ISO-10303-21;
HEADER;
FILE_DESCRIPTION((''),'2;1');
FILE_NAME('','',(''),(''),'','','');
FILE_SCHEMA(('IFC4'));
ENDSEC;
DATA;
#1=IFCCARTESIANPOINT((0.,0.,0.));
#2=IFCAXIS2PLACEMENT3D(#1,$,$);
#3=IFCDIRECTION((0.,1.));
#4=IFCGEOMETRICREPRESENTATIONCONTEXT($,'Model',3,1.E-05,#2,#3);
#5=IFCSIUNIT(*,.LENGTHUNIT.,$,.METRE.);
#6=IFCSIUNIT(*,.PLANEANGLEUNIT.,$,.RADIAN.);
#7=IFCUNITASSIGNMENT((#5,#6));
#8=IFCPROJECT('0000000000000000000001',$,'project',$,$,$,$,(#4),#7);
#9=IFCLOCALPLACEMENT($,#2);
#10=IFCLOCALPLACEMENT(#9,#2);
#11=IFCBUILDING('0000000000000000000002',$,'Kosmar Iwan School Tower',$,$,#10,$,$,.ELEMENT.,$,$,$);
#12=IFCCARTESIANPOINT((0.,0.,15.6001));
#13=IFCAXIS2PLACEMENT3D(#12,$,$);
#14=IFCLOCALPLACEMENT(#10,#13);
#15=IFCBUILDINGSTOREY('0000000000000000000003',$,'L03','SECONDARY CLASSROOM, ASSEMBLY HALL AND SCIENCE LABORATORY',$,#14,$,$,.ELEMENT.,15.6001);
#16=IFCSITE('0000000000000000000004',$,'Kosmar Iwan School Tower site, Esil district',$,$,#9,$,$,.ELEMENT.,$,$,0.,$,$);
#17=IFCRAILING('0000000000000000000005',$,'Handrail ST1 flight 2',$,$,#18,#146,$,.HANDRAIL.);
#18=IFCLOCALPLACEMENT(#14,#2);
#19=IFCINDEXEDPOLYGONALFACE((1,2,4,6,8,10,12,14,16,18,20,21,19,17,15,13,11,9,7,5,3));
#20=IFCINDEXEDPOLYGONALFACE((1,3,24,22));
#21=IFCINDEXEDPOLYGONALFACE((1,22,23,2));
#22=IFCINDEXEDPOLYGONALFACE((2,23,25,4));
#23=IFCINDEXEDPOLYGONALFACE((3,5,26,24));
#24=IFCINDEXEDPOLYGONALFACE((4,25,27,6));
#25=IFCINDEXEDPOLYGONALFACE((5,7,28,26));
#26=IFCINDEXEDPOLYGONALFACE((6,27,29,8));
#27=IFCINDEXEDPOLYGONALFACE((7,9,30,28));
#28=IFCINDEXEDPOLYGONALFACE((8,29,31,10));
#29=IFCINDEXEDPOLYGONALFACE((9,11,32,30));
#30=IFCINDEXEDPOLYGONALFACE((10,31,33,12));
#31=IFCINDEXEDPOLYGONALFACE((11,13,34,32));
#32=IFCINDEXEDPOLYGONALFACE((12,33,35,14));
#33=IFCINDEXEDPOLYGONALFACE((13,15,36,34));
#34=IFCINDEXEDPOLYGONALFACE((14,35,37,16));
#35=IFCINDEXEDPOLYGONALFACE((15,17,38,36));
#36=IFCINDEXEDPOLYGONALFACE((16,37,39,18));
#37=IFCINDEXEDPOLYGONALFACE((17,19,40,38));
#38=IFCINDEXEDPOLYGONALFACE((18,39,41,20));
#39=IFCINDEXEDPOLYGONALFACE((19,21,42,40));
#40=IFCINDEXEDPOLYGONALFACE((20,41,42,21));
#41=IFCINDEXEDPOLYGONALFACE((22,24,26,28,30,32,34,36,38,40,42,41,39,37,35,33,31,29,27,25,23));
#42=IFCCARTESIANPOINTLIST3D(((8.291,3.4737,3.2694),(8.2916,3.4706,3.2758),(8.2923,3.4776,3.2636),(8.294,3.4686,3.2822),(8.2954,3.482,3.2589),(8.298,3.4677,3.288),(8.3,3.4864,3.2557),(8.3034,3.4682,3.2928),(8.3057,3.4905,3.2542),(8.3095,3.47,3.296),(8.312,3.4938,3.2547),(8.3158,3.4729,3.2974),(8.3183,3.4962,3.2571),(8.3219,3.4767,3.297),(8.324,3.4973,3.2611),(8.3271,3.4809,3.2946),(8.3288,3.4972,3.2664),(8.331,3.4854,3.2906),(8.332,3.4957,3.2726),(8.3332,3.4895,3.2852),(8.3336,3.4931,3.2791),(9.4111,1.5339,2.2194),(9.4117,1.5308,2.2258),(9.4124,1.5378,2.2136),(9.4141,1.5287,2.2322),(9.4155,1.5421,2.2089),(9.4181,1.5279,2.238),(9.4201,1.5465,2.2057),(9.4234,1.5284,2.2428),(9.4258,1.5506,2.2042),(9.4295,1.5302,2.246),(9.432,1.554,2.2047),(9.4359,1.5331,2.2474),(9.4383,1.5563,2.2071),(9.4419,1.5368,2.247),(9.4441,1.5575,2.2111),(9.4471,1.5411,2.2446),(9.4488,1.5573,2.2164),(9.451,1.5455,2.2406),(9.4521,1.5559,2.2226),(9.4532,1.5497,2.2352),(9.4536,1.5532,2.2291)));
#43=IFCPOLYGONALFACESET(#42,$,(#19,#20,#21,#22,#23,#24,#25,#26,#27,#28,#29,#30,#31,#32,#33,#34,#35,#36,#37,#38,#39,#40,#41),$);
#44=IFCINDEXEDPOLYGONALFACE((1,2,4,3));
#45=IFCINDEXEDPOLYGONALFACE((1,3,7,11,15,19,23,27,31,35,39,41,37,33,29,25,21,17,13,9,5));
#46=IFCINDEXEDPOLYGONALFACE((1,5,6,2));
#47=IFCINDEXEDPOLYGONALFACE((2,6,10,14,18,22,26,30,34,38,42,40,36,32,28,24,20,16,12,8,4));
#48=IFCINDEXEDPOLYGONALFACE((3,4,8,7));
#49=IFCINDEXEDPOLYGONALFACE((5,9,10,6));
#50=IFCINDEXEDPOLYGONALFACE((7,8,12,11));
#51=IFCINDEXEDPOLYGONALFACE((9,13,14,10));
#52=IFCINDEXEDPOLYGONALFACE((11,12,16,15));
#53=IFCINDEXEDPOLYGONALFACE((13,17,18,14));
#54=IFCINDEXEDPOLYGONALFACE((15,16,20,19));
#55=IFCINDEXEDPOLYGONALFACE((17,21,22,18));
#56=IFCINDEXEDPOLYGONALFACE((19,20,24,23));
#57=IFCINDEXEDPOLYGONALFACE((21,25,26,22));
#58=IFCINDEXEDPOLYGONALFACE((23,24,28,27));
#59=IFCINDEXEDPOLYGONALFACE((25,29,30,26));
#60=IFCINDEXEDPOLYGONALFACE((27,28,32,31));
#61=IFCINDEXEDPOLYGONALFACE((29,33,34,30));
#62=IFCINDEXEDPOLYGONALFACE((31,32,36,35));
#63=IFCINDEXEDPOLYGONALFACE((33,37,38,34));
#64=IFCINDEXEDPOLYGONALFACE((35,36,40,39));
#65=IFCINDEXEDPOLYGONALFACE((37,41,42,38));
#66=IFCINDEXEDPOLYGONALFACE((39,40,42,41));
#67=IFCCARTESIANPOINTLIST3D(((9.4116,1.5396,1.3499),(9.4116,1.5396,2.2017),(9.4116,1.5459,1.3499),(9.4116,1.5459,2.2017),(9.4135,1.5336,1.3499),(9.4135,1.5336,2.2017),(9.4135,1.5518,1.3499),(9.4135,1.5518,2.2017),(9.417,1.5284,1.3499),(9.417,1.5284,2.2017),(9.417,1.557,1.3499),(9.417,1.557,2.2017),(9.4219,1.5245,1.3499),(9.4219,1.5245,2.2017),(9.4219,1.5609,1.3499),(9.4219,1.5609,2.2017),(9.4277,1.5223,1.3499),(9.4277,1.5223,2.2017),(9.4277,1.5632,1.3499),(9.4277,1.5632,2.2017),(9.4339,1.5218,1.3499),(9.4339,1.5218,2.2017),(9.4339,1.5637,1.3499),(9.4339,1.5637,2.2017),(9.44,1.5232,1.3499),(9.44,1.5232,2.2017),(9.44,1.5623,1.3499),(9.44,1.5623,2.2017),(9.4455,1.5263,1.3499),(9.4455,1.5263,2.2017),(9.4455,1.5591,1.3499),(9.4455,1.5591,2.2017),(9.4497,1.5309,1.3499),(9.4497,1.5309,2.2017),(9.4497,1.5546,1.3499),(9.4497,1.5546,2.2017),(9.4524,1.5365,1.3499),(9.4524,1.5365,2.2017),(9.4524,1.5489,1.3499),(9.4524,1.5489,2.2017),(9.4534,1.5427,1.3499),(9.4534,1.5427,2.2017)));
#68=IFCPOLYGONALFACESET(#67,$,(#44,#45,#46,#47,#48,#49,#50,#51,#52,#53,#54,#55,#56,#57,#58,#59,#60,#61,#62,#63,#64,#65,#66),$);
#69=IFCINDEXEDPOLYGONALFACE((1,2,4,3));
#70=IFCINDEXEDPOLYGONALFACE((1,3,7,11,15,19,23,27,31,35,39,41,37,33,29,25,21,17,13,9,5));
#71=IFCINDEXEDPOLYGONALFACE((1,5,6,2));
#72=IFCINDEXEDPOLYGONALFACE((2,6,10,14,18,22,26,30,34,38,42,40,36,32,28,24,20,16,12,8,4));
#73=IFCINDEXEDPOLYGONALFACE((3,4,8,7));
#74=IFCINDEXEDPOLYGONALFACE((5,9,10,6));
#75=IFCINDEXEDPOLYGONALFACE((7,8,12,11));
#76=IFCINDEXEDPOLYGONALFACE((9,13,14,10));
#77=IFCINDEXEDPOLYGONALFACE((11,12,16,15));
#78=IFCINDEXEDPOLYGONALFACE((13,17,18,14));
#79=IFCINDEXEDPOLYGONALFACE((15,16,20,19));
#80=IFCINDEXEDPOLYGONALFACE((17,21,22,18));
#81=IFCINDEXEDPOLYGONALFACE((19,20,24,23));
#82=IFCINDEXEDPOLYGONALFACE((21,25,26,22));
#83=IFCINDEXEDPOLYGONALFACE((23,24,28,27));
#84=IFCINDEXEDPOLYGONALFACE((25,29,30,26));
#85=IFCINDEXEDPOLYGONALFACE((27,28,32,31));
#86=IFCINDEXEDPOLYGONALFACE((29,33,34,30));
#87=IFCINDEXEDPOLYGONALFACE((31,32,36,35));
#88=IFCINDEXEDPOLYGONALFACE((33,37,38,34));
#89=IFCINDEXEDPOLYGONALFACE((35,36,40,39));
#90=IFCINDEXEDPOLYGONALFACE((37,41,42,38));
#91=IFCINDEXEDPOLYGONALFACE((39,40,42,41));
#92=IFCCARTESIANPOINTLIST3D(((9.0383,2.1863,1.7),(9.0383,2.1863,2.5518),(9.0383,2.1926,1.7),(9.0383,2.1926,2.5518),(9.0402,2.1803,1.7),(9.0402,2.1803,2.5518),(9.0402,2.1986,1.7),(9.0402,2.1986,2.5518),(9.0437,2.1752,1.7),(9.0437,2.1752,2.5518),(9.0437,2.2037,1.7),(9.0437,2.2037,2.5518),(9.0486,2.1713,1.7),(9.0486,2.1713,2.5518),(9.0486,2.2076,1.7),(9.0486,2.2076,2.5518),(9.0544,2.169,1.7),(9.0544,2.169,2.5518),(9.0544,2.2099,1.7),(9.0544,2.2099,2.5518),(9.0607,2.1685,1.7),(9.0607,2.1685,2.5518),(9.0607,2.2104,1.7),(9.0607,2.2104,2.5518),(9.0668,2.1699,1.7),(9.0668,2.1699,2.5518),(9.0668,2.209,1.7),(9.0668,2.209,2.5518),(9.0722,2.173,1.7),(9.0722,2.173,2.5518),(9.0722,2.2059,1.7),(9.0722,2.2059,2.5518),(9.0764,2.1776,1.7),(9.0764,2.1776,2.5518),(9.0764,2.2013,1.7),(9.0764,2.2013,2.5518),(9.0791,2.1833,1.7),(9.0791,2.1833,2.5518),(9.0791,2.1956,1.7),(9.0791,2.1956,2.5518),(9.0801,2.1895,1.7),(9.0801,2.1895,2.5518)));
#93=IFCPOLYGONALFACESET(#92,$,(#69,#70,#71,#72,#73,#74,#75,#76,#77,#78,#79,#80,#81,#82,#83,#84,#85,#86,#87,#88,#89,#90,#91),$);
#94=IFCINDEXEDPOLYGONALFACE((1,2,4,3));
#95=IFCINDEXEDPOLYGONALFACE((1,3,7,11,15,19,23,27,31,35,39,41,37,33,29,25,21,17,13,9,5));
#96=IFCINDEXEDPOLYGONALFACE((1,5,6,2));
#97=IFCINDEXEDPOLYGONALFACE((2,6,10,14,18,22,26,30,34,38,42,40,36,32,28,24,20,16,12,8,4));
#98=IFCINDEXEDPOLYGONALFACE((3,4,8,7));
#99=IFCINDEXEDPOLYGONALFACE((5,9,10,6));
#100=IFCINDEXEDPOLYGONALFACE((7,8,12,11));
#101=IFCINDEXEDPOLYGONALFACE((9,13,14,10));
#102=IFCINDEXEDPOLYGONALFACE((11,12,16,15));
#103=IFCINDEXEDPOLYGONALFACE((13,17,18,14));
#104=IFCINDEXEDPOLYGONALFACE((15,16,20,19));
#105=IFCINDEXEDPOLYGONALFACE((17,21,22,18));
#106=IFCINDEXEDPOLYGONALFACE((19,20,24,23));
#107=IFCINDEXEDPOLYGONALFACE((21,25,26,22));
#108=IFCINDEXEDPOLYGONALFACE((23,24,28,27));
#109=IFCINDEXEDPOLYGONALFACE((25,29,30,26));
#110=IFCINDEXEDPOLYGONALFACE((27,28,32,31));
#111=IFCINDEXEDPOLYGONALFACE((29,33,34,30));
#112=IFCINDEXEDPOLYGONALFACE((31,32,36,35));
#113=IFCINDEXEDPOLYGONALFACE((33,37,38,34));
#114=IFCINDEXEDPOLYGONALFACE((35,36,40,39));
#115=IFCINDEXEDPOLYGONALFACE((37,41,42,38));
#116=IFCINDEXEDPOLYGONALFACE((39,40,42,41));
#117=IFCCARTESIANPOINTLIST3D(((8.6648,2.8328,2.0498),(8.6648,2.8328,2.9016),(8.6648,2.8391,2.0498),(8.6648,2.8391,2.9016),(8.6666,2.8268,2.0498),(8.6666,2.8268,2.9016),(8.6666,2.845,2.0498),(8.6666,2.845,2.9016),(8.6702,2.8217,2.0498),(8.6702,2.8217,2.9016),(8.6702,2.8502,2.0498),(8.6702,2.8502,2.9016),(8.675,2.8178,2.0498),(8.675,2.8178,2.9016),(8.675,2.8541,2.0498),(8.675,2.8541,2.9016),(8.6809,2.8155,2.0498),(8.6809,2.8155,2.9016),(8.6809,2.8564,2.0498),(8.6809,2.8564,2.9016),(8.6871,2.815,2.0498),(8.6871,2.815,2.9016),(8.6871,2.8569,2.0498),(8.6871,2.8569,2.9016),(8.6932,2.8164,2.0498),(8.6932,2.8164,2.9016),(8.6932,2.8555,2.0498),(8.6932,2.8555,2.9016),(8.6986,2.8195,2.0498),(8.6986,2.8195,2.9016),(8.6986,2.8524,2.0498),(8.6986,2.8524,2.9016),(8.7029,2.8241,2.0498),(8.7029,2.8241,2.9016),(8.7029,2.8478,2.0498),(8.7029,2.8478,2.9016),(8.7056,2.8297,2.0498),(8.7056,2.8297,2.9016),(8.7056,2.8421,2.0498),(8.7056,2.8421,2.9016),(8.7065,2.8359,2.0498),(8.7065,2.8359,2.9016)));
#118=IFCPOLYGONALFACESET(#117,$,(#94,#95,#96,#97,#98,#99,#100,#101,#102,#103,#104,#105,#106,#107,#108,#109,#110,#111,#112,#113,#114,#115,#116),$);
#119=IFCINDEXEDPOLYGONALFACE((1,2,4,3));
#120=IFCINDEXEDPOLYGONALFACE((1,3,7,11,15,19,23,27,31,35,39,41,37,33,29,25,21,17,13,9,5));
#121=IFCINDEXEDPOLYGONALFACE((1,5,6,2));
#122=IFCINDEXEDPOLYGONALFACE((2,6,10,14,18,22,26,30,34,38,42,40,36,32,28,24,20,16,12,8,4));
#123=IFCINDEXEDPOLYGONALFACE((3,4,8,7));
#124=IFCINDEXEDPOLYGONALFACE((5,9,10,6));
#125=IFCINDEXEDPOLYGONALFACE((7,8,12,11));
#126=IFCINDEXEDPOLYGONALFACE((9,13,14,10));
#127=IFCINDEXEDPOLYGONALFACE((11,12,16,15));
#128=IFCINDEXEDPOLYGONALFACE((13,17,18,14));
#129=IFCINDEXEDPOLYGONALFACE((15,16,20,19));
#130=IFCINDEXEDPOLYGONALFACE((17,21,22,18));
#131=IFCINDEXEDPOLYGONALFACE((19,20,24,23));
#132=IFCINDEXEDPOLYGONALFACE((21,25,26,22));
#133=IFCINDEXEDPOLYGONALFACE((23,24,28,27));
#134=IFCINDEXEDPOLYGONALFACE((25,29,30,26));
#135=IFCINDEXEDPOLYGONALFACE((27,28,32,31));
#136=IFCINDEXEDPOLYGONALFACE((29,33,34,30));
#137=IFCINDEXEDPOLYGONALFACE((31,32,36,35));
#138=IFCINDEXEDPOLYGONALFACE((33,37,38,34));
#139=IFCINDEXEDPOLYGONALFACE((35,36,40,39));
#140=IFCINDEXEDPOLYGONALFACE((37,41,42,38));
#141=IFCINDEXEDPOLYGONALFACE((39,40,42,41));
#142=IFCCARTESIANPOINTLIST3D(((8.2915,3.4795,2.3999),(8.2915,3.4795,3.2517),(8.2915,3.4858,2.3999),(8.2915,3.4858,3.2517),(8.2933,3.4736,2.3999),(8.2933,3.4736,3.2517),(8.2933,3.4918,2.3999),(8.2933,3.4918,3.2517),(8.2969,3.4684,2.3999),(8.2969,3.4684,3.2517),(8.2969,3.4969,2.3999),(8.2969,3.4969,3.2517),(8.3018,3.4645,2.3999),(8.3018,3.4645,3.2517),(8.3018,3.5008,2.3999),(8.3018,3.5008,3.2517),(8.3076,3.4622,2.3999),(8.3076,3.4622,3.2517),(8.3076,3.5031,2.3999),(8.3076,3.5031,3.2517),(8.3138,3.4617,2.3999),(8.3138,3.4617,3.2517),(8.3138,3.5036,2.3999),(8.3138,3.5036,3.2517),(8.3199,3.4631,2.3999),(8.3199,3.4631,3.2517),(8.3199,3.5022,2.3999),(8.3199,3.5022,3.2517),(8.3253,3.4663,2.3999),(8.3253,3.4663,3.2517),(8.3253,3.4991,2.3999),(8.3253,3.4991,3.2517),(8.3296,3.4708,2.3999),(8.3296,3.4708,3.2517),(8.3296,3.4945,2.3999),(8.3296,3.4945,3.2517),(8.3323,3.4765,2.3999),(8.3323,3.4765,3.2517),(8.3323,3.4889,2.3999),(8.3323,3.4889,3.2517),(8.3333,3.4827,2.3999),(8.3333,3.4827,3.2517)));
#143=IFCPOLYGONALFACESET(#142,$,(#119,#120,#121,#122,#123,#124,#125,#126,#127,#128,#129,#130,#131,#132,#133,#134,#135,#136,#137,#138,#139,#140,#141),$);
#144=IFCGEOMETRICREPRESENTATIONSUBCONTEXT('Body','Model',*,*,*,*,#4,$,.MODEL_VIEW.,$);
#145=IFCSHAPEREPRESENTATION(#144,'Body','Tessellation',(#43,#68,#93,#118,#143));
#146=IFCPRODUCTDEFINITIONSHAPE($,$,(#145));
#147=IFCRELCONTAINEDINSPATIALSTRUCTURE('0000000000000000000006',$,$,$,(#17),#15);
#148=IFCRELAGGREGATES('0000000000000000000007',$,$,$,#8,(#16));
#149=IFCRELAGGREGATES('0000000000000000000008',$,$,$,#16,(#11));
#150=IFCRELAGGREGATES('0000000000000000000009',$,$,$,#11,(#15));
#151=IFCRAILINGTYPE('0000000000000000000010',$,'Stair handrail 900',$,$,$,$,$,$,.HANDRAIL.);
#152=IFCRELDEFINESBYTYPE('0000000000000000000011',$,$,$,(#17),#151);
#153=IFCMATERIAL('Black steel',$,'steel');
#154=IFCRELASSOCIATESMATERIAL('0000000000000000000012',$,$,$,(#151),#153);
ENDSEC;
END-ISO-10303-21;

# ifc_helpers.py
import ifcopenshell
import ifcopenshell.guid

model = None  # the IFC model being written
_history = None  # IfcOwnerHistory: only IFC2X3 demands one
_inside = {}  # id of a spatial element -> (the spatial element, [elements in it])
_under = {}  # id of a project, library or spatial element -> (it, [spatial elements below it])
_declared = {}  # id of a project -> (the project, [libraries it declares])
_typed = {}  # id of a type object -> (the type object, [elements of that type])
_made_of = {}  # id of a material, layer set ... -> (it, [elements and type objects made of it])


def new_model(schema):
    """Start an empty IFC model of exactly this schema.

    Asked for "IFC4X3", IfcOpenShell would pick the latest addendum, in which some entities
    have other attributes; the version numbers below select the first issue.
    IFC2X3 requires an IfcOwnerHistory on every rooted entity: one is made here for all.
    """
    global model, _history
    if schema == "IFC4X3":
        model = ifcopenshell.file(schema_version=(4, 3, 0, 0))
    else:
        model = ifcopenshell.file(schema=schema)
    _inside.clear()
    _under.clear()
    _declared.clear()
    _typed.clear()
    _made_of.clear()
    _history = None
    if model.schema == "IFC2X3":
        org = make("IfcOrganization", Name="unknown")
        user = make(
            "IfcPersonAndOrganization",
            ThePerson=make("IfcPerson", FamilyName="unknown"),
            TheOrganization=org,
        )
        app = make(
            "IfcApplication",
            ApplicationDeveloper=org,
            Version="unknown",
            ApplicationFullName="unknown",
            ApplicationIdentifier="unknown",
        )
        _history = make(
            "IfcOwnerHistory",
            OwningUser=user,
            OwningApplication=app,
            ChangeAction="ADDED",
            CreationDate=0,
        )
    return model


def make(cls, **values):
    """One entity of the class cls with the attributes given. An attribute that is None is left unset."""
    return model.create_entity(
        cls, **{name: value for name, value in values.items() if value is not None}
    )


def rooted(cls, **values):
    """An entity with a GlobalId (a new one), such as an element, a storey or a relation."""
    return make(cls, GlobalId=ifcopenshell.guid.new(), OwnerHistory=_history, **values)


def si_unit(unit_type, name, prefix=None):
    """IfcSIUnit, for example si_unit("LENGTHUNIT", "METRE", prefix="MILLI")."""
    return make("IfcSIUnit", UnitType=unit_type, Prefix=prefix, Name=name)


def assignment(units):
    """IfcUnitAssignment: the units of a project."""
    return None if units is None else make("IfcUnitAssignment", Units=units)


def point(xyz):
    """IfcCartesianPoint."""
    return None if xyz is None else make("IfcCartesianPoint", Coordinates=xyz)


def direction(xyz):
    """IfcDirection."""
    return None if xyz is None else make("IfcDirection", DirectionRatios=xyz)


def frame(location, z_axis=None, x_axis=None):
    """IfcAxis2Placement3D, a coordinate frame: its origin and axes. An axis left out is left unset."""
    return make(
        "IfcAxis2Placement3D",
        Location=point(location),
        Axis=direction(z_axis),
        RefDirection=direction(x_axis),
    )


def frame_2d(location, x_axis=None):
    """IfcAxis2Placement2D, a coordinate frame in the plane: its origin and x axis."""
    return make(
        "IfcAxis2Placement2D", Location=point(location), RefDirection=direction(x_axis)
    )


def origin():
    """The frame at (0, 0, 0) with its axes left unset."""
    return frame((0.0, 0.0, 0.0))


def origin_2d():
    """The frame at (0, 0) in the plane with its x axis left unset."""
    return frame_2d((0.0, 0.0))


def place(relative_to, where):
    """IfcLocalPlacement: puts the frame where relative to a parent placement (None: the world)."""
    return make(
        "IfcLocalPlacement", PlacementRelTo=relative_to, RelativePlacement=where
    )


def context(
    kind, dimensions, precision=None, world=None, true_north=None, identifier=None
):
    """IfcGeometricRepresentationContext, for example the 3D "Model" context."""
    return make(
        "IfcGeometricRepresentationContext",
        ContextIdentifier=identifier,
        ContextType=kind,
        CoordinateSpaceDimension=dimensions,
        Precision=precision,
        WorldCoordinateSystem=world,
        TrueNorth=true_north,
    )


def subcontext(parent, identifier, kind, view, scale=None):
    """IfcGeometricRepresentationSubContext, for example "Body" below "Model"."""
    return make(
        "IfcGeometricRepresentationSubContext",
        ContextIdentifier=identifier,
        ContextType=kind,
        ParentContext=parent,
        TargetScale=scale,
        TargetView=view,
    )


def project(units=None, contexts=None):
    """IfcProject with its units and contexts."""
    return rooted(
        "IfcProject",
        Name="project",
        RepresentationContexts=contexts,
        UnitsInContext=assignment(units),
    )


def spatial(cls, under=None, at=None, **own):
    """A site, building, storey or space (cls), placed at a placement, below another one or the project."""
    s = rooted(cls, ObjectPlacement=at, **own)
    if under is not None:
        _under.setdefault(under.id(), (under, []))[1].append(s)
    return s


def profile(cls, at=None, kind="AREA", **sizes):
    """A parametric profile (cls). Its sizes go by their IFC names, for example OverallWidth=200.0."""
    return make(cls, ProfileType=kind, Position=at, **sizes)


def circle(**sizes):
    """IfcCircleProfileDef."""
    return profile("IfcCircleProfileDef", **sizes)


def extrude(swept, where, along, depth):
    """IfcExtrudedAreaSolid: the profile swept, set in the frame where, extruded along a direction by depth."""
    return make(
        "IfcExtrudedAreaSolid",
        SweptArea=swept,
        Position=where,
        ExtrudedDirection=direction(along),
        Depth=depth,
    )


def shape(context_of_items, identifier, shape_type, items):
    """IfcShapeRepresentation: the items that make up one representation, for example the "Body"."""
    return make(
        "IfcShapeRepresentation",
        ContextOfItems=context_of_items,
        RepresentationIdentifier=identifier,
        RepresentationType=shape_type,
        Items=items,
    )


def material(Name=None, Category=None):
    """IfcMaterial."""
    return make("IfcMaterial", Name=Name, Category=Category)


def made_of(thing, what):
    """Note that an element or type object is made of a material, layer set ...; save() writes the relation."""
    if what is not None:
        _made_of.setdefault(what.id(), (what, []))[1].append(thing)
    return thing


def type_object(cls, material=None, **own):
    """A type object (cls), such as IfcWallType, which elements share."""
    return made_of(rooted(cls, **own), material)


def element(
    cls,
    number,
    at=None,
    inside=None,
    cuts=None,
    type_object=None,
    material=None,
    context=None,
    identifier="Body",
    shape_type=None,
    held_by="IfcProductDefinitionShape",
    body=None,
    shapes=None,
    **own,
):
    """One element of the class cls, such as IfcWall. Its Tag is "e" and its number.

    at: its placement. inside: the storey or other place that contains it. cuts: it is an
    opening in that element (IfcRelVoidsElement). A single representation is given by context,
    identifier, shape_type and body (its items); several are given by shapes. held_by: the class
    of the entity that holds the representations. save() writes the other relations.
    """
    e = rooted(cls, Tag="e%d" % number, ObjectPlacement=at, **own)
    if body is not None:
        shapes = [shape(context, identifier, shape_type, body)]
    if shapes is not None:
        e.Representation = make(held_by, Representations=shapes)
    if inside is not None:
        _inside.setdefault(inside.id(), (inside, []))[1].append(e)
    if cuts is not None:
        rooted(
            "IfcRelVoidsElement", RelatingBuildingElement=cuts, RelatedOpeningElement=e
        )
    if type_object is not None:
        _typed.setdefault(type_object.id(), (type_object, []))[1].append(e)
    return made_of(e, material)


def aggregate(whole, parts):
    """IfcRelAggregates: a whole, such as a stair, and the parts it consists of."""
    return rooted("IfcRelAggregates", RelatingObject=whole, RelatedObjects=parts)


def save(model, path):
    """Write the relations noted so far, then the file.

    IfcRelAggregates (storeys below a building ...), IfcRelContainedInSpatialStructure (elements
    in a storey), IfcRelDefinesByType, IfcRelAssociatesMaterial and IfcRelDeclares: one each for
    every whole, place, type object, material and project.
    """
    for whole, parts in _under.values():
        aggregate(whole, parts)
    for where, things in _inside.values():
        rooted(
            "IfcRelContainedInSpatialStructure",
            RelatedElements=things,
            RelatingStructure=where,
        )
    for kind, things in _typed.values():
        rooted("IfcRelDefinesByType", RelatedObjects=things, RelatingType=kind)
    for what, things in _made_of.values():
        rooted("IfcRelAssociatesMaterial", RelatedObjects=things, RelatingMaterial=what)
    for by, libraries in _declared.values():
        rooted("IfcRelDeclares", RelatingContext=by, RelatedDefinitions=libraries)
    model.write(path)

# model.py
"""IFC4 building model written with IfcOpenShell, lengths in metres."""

from ifc_helpers import new_model, si_unit, direction, frame, origin, origin_2d, place, context, subcontext, project, spatial, circle, extrude, material, type_object, element, save


model = new_model("IFC4")

# Units and contexts
model_context = context("Model", 3, precision=1e-05, world=origin(), true_north=direction((0.0, 1.0)))
body_context = subcontext(model_context, "Body", "Model", "MODEL_VIEW")
ifc_project = project(units=[si_unit("LENGTHUNIT", "METRE"), si_unit("PLANEANGLEUNIT", "RADIAN")], contexts=[model_context])

# Site, building, storey
site_placement = place(None, origin())
site = spatial("IfcSite", under=ifc_project, at=site_placement, Name="Kosmar Iwan School Tower site, Esil district", CompositionType="ELEMENT", RefElevation=0.0)
building_placement = place(site_placement, origin())
building = spatial("IfcBuilding", under=site, at=building_placement, Name="Kosmar Iwan School Tower", CompositionType="ELEMENT")
storey_placement = place(building_placement, frame((0.0, 0.0, 15.6001)))
storey = spatial("IfcBuildingStorey", under=building, at=storey_placement, Name="L03", Description="SECONDARY CLASSROOM, ASSEMBLY HALL AND SCIENCE LABORATORY", CompositionType="ELEMENT", Elevation=15.6001)

# Railing
ifc_material_1 = material(Name="Black steel", Category="steel")
railing_type = type_object("IfcRailingType", Name="Stair handrail 900", PredefinedType="HANDRAIL", material=ifc_material_1)
railing_1_placement = place(storey_placement, frame((9.4324, 1.5427, 1.3499)))
element("IfcRailing", 1, at=railing_1_placement, inside=storey, type_object=railing_type, Name="Handrail ST1 flight 2", PredefinedType="HANDRAIL", context=body_context, shape_type="SweptSolid", body=[
    extrude(circle(Radius=0.0239, at=origin_2d()), frame((0.0, 0.0, 0.876), z_axis=(-0.452757, 0.784134, 0.424435), x_axis=(-0.866008, -0.500031, 0.0)), (0.0, 0.0, 1.0), 2.4739),
    extrude(circle(Radius=0.021, at=origin_2d()), origin(), (0.0, 0.0, 1.0), 0.8518),
    extrude(circle(Radius=0.021, at=origin_2d()), frame((-0.3733, 0.6467, 0.3501)), (0.0, 0.0, 1.0), 0.8518),
    extrude(circle(Radius=0.021, at=origin_2d()), frame((-0.7468, 1.2932, 0.7)), (0.0, 0.0, 1.0), 0.8518),
    extrude(circle(Radius=0.021, at=origin_2d()), frame((-1.1201, 1.9399, 1.05)), (0.0, 0.0, 1.0), 0.8518),
])

save(model, "model.ifc")
